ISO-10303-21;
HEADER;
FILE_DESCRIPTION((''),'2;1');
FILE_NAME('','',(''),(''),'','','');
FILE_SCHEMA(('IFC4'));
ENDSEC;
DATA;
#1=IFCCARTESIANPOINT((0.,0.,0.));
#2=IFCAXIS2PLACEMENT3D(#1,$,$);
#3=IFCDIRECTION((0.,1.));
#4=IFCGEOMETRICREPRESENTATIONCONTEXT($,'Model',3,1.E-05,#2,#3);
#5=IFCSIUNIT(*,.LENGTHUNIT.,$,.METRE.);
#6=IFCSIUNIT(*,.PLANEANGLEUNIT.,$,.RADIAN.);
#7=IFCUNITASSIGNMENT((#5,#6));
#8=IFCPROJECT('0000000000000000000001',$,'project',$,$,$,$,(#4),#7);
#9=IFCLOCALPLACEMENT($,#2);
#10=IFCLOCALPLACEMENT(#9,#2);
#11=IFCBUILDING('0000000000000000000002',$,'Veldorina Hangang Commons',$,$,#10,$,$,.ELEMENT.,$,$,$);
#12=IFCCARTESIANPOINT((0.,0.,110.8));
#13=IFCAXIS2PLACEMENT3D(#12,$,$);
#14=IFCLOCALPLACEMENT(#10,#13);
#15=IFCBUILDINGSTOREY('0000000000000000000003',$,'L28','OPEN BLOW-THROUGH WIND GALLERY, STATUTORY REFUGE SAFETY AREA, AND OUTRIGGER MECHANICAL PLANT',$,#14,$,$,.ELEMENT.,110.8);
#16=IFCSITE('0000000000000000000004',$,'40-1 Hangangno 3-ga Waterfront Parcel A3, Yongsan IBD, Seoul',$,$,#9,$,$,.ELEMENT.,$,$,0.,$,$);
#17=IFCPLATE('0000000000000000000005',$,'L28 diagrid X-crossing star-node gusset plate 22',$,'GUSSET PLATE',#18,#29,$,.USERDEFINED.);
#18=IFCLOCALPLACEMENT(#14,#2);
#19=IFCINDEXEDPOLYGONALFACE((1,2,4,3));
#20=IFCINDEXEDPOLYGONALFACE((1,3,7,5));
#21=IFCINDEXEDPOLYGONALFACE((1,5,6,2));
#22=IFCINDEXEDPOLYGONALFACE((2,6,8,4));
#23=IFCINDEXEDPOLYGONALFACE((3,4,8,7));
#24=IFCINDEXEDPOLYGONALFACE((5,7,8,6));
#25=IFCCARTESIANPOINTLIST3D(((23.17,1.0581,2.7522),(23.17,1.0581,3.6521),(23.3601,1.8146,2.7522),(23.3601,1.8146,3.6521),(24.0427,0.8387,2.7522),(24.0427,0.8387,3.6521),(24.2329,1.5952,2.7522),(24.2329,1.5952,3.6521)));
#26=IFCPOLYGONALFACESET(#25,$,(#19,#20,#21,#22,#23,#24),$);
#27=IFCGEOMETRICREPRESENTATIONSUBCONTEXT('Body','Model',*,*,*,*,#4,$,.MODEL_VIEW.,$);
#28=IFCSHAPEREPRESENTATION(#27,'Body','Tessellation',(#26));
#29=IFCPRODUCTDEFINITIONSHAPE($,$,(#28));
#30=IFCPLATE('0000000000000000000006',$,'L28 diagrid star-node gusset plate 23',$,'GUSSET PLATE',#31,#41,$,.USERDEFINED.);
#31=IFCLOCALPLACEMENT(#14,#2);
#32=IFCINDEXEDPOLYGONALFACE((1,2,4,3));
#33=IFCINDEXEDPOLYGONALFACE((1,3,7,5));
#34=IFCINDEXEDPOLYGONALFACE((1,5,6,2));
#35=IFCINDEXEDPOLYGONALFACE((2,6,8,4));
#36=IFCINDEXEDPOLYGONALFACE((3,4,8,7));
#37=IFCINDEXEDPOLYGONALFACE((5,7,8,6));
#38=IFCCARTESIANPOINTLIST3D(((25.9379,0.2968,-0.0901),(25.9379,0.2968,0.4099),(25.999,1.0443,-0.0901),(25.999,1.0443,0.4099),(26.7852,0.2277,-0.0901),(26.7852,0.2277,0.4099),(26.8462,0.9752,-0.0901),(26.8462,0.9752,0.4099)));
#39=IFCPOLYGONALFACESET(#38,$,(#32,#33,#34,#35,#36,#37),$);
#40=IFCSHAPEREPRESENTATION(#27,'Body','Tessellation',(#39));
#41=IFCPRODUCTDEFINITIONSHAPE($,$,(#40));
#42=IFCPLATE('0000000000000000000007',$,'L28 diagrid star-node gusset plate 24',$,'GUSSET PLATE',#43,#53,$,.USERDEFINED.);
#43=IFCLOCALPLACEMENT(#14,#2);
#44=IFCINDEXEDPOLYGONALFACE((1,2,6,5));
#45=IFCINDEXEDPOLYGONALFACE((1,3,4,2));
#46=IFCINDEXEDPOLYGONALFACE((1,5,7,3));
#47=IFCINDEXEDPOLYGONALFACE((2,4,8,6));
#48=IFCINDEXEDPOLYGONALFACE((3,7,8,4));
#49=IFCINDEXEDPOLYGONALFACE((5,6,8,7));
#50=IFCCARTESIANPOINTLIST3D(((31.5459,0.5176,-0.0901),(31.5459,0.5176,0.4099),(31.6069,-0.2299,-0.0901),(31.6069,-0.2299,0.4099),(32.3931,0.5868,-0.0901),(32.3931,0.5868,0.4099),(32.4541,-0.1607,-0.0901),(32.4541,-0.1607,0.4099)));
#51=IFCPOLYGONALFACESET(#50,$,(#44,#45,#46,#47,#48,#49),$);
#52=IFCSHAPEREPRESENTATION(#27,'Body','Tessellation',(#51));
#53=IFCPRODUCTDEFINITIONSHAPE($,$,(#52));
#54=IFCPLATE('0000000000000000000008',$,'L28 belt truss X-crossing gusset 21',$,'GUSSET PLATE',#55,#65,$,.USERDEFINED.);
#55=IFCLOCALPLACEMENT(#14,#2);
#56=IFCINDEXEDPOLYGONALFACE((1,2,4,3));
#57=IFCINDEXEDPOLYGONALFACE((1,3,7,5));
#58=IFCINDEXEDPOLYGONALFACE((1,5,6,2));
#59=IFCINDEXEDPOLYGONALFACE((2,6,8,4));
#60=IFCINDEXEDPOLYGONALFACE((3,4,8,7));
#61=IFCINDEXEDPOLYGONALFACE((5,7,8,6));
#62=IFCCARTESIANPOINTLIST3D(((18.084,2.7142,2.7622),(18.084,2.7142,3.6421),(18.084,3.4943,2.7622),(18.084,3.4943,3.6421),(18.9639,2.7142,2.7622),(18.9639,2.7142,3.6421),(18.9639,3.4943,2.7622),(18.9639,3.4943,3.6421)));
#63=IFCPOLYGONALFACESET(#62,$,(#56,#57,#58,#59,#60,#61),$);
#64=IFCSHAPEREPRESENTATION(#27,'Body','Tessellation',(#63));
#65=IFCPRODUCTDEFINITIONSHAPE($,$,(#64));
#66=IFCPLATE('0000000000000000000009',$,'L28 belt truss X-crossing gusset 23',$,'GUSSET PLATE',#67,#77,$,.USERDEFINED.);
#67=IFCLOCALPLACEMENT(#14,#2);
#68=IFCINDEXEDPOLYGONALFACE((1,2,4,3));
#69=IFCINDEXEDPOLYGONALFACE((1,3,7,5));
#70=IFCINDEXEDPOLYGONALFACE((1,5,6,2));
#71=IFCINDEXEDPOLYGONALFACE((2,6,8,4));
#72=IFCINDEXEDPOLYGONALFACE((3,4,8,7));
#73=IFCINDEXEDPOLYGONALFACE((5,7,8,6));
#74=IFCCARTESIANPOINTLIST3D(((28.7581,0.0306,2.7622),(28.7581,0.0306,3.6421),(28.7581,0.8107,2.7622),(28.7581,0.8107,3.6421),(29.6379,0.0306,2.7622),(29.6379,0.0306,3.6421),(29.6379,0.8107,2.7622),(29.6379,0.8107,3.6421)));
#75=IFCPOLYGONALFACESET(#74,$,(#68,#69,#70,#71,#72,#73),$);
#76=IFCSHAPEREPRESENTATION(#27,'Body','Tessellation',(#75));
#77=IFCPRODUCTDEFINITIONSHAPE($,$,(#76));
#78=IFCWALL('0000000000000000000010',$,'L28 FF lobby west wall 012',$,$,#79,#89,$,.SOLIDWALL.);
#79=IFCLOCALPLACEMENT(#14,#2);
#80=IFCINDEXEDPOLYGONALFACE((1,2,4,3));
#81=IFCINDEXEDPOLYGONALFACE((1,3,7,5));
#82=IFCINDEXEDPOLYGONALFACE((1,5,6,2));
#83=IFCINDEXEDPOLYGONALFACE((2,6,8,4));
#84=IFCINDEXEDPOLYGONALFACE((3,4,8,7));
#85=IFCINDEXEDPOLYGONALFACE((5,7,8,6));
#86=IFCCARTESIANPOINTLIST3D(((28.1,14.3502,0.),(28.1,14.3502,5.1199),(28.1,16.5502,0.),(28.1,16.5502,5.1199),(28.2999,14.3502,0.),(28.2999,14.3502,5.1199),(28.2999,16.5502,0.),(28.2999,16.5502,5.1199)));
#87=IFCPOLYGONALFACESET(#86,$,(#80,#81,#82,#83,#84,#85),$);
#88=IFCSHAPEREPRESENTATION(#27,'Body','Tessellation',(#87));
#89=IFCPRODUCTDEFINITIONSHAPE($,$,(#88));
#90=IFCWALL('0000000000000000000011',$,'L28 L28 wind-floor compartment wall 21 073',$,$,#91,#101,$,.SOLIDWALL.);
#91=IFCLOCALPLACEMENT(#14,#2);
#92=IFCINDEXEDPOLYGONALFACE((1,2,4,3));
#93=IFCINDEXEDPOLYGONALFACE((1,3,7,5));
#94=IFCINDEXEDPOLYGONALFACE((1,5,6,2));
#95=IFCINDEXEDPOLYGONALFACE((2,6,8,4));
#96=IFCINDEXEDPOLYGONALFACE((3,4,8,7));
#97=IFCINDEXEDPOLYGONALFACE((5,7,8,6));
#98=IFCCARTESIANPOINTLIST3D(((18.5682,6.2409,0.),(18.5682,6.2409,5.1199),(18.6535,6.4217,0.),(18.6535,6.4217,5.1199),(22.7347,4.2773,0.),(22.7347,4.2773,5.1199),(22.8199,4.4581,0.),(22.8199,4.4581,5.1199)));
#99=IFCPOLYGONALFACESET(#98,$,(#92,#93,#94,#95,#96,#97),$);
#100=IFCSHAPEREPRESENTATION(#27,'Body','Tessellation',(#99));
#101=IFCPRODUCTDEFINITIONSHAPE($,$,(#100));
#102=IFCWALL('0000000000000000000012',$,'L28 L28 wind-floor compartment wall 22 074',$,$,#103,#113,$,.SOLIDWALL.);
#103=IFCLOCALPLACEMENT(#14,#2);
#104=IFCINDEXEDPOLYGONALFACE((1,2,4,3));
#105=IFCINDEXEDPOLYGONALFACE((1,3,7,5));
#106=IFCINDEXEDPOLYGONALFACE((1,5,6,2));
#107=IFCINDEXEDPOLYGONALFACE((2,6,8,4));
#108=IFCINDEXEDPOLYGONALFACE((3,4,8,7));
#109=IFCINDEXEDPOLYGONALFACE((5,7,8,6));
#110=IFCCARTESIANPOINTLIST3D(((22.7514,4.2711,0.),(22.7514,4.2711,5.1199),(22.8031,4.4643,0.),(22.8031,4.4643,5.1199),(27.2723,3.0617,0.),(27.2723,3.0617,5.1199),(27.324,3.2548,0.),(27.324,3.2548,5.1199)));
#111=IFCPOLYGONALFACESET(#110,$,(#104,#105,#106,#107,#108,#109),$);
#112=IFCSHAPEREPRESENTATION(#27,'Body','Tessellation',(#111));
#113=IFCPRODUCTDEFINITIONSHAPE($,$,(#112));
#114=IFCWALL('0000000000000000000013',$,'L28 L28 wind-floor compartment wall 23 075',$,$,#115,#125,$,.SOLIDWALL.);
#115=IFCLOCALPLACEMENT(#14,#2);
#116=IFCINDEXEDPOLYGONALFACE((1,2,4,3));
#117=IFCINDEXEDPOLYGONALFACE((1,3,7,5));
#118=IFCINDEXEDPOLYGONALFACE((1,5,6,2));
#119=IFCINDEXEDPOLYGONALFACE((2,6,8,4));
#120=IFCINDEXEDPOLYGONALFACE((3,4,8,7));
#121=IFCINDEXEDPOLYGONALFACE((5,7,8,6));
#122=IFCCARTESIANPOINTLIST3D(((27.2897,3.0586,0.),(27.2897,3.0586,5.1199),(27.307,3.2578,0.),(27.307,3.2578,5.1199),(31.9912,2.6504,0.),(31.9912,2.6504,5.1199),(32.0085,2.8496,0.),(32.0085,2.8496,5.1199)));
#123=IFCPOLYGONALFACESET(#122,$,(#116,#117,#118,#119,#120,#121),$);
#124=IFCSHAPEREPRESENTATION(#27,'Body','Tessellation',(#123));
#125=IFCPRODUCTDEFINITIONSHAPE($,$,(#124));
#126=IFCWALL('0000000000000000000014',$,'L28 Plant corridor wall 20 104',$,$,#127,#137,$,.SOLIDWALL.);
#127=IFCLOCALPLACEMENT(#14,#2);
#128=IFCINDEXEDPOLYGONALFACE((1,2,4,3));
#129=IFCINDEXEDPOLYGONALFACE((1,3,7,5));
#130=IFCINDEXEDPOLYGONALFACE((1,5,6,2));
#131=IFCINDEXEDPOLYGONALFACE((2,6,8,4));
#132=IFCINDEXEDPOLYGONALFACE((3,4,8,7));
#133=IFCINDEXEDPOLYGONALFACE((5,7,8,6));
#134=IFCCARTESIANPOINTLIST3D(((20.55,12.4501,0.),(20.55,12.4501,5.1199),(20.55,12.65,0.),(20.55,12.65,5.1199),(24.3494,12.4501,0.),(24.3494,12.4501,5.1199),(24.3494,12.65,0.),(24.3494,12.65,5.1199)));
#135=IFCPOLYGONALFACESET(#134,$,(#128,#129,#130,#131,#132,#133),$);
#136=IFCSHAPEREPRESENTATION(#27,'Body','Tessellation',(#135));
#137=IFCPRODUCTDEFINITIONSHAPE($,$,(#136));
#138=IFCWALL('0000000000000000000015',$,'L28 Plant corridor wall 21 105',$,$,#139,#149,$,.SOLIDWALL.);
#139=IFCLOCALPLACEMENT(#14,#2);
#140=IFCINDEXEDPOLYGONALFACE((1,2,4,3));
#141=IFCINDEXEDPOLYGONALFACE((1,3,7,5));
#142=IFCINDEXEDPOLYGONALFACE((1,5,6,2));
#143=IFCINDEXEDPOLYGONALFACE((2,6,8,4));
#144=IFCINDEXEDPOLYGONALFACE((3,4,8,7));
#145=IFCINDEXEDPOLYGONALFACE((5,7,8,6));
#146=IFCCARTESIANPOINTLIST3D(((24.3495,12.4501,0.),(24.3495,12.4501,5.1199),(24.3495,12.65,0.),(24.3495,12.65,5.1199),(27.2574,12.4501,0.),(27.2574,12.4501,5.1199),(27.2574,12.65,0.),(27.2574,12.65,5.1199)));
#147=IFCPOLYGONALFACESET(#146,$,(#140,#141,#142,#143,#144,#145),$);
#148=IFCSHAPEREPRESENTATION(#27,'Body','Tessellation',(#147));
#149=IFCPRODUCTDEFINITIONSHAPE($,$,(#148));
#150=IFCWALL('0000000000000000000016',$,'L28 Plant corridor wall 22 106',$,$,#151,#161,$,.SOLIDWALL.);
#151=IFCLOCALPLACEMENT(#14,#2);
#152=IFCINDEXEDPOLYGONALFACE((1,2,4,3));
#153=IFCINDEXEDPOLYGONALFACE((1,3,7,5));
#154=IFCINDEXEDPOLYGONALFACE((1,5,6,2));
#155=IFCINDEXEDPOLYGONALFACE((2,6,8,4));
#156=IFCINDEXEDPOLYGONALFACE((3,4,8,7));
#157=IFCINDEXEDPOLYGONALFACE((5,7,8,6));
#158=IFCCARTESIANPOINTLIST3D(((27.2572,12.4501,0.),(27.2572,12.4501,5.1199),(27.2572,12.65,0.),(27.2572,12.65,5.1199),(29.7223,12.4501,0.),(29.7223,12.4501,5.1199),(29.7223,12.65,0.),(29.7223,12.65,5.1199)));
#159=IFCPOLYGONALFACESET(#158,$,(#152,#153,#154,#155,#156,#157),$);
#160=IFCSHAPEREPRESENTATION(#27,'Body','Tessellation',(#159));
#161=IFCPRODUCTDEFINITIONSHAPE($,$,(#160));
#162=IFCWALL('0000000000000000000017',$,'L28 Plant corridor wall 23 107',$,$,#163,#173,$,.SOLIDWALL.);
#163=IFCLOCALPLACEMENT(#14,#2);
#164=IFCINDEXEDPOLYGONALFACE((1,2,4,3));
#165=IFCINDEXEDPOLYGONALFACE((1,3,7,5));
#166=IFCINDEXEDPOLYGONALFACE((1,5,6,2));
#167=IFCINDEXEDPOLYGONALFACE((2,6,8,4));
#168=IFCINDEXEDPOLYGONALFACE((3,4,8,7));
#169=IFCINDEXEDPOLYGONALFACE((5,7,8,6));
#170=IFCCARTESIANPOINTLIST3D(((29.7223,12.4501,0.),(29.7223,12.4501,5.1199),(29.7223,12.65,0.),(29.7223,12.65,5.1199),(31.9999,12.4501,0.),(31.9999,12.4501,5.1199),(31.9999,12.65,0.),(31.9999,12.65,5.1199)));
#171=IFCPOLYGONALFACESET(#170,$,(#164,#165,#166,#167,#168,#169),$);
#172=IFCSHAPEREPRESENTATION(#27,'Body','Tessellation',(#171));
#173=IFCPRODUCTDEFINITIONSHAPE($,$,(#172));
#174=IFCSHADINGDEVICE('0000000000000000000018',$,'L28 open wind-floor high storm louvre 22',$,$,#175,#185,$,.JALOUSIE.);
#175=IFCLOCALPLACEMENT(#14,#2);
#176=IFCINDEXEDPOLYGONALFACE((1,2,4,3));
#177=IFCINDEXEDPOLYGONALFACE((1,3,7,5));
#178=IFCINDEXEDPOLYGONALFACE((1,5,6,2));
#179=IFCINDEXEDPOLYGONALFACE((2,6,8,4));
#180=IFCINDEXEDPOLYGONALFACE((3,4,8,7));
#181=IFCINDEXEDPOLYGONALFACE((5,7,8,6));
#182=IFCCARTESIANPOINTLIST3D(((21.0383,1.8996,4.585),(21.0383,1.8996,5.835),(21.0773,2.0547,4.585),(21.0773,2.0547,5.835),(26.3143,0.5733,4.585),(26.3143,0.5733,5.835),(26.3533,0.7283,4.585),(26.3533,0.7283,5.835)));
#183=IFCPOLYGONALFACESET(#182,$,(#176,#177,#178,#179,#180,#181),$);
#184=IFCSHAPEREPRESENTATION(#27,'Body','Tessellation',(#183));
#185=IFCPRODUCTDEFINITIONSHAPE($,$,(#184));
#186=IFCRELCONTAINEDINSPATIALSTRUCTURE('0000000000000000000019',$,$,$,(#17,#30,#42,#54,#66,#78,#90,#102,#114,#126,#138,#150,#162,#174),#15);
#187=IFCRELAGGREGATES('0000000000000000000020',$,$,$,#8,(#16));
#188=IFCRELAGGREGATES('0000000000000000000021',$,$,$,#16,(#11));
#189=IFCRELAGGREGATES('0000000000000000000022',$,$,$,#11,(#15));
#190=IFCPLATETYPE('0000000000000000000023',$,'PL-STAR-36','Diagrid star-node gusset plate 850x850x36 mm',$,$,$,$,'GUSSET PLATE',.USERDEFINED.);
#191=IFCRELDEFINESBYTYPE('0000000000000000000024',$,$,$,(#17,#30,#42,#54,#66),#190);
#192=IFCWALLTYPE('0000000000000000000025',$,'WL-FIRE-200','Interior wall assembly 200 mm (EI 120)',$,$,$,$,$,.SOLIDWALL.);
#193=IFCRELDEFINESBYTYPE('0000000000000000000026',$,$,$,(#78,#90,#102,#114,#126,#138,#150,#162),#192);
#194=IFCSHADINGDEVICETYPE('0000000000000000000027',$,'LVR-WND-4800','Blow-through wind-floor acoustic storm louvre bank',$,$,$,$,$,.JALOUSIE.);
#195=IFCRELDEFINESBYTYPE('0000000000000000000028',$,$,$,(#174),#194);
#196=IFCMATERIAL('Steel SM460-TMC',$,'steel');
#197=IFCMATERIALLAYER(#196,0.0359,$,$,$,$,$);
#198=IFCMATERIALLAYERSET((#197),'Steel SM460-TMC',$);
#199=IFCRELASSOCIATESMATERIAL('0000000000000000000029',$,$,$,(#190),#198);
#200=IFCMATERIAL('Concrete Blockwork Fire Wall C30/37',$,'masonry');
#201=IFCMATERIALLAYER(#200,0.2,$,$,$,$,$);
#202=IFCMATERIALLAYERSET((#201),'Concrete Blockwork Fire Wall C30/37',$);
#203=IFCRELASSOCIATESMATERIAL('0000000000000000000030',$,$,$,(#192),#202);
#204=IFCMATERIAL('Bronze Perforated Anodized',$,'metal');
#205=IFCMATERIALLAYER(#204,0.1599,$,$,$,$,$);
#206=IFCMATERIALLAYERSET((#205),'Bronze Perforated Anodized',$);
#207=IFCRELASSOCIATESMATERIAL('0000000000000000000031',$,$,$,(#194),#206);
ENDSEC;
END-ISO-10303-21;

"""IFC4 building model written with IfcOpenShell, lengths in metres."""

from ifc_helpers import new_model, si_unit, direction, frame, frame_2d, origin, origin_2d, place, context, subcontext, project, spatial, rectangle, extrude, material, layer, layer_set, type_object, element, save


model = new_model("IFC4")

# Units and contexts
model_context = context("Model", 3, precision=1e-05, world=origin(), true_north=direction((0.0, 1.0)))
body_context = subcontext(model_context, "Body", "Model", "MODEL_VIEW")
ifc_project = project(units=[si_unit("LENGTHUNIT", "METRE"), si_unit("PLANEANGLEUNIT", "RADIAN")], contexts=[model_context])

# Site, building, storey
site_placement = place(None, origin())
site = spatial("IfcSite", under=ifc_project, at=site_placement, Name="40-1 Hangangno 3-ga Waterfront Parcel A3, Yongsan IBD, Seoul", CompositionType="ELEMENT", RefElevation=0.0)
building_placement = place(site_placement, origin())
building = spatial("IfcBuilding", under=site, at=building_placement, Name="Veldorina Hangang Commons", CompositionType="ELEMENT")
storey_placement = place(building_placement, frame((0.0, 0.0, 110.8)))
storey = spatial("IfcBuildingStorey", under=building, at=storey_placement, Name="L28", Description="OPEN BLOW-THROUGH WIND GALLERY, STATUTORY REFUGE SAFETY AREA, AND OUTRIGGER MECHANICAL PLANT", CompositionType="ELEMENT", Elevation=110.8)

# Shared definitions
ifc_material_1 = material(Name="Steel SM460-TMC", Category="steel")

# Plates
ifc_layer_1 = layer(ifc_material_1, 0.0359)
ifc_layer_set_1 = layer_set([ifc_layer_1], Name="Steel SM460-TMC")
plate_type = type_object("IfcPlateType", Name="PL-STAR-36", Description="Diagrid star-node gusset plate 850x850x36 mm", ElementType="GUSSET PLATE", PredefinedType="USERDEFINED", material=ifc_layer_set_1)
plate_1_placement = place(storey_placement, frame((23.7014, 1.3267, 2.7522), z_axis=(0.0, 0.0, 1.0), x_axis=(0.969825, -0.243801, 0.0)))
element("IfcPlate", 1, at=plate_1_placement, inside=storey, type_object=plate_type, Name="L28 diagrid X-crossing star-node gusset plate 22", ObjectType="GUSSET PLATE", PredefinedType="USERDEFINED", context=body_context, shape_type="SweptSolid", body=[
    extrude(rectangle(XDim=0.8999, YDim=0.78, at=origin_2d()), origin(), (0.0, 0.0, 1.0), 0.8999),
])
for number, where, z_axis, x_axis, name in (
    (2, (26.3921, 0.636, -0.0901), (0.0, 0.0, 1.0), (0.996686, -0.081347, 0.0), "L28 diagrid star-node gusset plate 23"),
    (3, (32.0, 0.1785, -0.0901), (0.0, 0.0, 1.0), (0.996686, 0.081347, 0.0), "L28 diagrid star-node gusset plate 24"),
):
    element("IfcPlate", number, at=place(storey_placement, frame(where, z_axis=z_axis, x_axis=x_axis)), inside=storey, type_object=plate_type, Name=name, ObjectType="GUSSET PLATE", PredefinedType="USERDEFINED", context=body_context, shape_type="SweptSolid", body=[
        extrude(rectangle(XDim=0.8501, YDim=0.75, at=origin_2d()), origin(), (0.0, 0.0, 1.0), 0.5),
    ])
for number, where, z_axis, x_axis, name in (
    (4, (18.5239, 3.1042, 2.7622), (0.0, 0.0, 1.0), (1.0, 0.0, 0.0), "L28 belt truss X-crossing gusset 21"),
    (5, (29.198, 0.4207, 2.7622), (0.0, 0.0, 1.0), (1.0, 0.0, 0.0), "L28 belt truss X-crossing gusset 23"),
):
    element("IfcPlate", number, at=place(storey_placement, frame(where, z_axis=z_axis, x_axis=x_axis)), inside=storey, type_object=plate_type, Name=name, ObjectType="GUSSET PLATE", PredefinedType="USERDEFINED", context=body_context, shape_type="SweptSolid", body=[
        extrude(rectangle(XDim=0.8799, YDim=0.78, at=origin_2d()), origin(), (0.0, 0.0, 1.0), 0.8799),
    ])

# Walls
ifc_material_2 = material(Name="Concrete Blockwork Fire Wall C30/37", Category="masonry")
ifc_layer_2 = layer(ifc_material_2, 0.2)
ifc_layer_set_2 = layer_set([ifc_layer_2], Name="Concrete Blockwork Fire Wall C30/37")
wall_type = type_object("IfcWallType", Name="WL-FIRE-200", Description="Interior wall assembly 200 mm (EI 120)", PredefinedType="SOLIDWALL", material=ifc_layer_set_2)
wall_1_placement = place(storey_placement, frame((28.2, 14.3501, 0.0), z_axis=(0.0, 0.0, 1.0), x_axis=(0.0, 1.0, 0.0)))
element("IfcWall", 6, at=wall_1_placement, inside=storey, type_object=wall_type, Name="L28 FF lobby west wall 012", PredefinedType="SOLIDWALL", context=body_context, shape_type="SweptSolid", body=[
    extrude(rectangle(XDim=2.2, YDim=0.2, at=frame_2d((1.1001, 0.0))), origin(), (0.0, 0.0, 1.0), 5.1199),
])
wall_2_placement = place(storey_placement, frame((18.6108, 6.3313, 0.0), z_axis=(0.0, 0.0, 1.0), x_axis=(0.904575, -0.426315, 0.0)))
element("IfcWall", 7, at=wall_2_placement, inside=storey, type_object=wall_type, Name="L28 L28 wind-floor compartment wall 21 073", PredefinedType="SOLIDWALL", context=body_context, shape_type="SweptSolid", body=[
    extrude(rectangle(XDim=4.606, YDim=0.2, at=frame_2d((2.303, 0.0))), origin(), (0.0, 0.0, 1.0), 5.1199),
])
wall_3_placement = place(storey_placement, frame((22.7773, 4.3677, 0.0), z_axis=(0.0, 0.0, 1.0), x_axis=(0.966029, -0.258435, 0.0)))
element("IfcWall", 8, at=wall_3_placement, inside=storey, type_object=wall_type, Name="L28 L28 wind-floor compartment wall 22 074", PredefinedType="SOLIDWALL", context=body_context, shape_type="SweptSolid", body=[
    extrude(rectangle(XDim=4.6799, YDim=0.2, at=frame_2d((2.3398, 0.0))), origin(), (0.0, 0.0, 1.0), 5.1199),
])
wall_4_placement = place(storey_placement, frame((27.2983, 3.1582, 0.0), z_axis=(0.0, 0.0, 1.0), x_axis=(0.996252, -0.086496, 0.0)))
element("IfcWall", 9, at=wall_4_placement, inside=storey, type_object=wall_type, Name="L28 L28 wind-floor compartment wall 23 075", PredefinedType="SOLIDWALL", context=body_context, shape_type="SweptSolid", body=[
    extrude(rectangle(XDim=4.7192, YDim=0.2, at=frame_2d((2.3596, 0.0))), origin(), (0.0, 0.0, 1.0), 5.1199),
])
wall_5_placement = place(storey_placement, frame((20.55, 12.55, 0.0), z_axis=(0.0, 0.0, 1.0), x_axis=(1.0, 0.0, 0.0)))
element("IfcWall", 10, at=wall_5_placement, inside=storey, type_object=wall_type, Name="L28 Plant corridor wall 20 104", PredefinedType="SOLIDWALL", context=body_context, shape_type="SweptSolid", body=[
    extrude(rectangle(XDim=3.7993, YDim=0.2, at=frame_2d((1.8997, 0.0))), origin(), (0.0, 0.0, 1.0), 5.1199),
])
wall_6_placement = place(storey_placement, frame((24.3494, 12.55, 0.0), z_axis=(0.0, 0.0, 1.0), x_axis=(1.0, 0.0, 0.0)))
element("IfcWall", 11, at=wall_6_placement, inside=storey, type_object=wall_type, Name="L28 Plant corridor wall 21 105", PredefinedType="SOLIDWALL", context=body_context, shape_type="SweptSolid", body=[
    extrude(rectangle(XDim=2.908, YDim=0.2, at=frame_2d((1.4541, 0.0))), origin(), (0.0, 0.0, 1.0), 5.1199),
])
wall_7_placement = place(storey_placement, frame((27.2573, 12.55, 0.0), z_axis=(0.0, 0.0, 1.0), x_axis=(1.0, 0.0, 0.0)))
element("IfcWall", 12, at=wall_7_placement, inside=storey, type_object=wall_type, Name="L28 Plant corridor wall 22 106", PredefinedType="SOLIDWALL", context=body_context, shape_type="SweptSolid", body=[
    extrude(rectangle(XDim=2.4651, YDim=0.2, at=frame_2d((1.2324, 0.0))), origin(), (0.0, 0.0, 1.0), 5.1199),
])
wall_8_placement = place(storey_placement, frame((29.7224, 12.55, 0.0), z_axis=(0.0, 0.0, 1.0), x_axis=(1.0, 0.0, 0.0)))
element("IfcWall", 13, at=wall_8_placement, inside=storey, type_object=wall_type, Name="L28 Plant corridor wall 23 107", PredefinedType="SOLIDWALL", context=body_context, shape_type="SweptSolid", body=[
    extrude(rectangle(XDim=2.2776, YDim=0.2, at=frame_2d((1.1387, 0.0))), origin(), (0.0, 0.0, 1.0), 5.1199),
])

# Shading device
ifc_material_3 = material(Name="Bronze Perforated Anodized", Category="metal")
ifc_layer_3 = layer(ifc_material_3, 0.1599)
ifc_layer_set_3 = layer_set([ifc_layer_3], Name="Bronze Perforated Anodized")
shading_device_type = type_object("IfcShadingDeviceType", Name="LVR-WND-4800", Description="Blow-through wind-floor acoustic storm louvre bank", PredefinedType="JALOUSIE", material=ifc_layer_set_3)
shading_device_placement = place(storey_placement, frame((23.6958, 1.314, 4.585), z_axis=(0.0, 0.0, 1.0), x_axis=(0.969825, -0.243801, 0.0)))
element("IfcShadingDevice", 14, at=shading_device_placement, inside=storey, type_object=shading_device_type, Name="L28 open wind-floor high storm louvre 22", PredefinedType="JALOUSIE", context=body_context, shape_type="SweptSolid", body=[
    extrude(rectangle(XDim=5.4402, YDim=0.1599, at=origin_2d()), origin(), (0.0, 0.0, 1.0), 1.25),
])

save(model, "model.ifc")
